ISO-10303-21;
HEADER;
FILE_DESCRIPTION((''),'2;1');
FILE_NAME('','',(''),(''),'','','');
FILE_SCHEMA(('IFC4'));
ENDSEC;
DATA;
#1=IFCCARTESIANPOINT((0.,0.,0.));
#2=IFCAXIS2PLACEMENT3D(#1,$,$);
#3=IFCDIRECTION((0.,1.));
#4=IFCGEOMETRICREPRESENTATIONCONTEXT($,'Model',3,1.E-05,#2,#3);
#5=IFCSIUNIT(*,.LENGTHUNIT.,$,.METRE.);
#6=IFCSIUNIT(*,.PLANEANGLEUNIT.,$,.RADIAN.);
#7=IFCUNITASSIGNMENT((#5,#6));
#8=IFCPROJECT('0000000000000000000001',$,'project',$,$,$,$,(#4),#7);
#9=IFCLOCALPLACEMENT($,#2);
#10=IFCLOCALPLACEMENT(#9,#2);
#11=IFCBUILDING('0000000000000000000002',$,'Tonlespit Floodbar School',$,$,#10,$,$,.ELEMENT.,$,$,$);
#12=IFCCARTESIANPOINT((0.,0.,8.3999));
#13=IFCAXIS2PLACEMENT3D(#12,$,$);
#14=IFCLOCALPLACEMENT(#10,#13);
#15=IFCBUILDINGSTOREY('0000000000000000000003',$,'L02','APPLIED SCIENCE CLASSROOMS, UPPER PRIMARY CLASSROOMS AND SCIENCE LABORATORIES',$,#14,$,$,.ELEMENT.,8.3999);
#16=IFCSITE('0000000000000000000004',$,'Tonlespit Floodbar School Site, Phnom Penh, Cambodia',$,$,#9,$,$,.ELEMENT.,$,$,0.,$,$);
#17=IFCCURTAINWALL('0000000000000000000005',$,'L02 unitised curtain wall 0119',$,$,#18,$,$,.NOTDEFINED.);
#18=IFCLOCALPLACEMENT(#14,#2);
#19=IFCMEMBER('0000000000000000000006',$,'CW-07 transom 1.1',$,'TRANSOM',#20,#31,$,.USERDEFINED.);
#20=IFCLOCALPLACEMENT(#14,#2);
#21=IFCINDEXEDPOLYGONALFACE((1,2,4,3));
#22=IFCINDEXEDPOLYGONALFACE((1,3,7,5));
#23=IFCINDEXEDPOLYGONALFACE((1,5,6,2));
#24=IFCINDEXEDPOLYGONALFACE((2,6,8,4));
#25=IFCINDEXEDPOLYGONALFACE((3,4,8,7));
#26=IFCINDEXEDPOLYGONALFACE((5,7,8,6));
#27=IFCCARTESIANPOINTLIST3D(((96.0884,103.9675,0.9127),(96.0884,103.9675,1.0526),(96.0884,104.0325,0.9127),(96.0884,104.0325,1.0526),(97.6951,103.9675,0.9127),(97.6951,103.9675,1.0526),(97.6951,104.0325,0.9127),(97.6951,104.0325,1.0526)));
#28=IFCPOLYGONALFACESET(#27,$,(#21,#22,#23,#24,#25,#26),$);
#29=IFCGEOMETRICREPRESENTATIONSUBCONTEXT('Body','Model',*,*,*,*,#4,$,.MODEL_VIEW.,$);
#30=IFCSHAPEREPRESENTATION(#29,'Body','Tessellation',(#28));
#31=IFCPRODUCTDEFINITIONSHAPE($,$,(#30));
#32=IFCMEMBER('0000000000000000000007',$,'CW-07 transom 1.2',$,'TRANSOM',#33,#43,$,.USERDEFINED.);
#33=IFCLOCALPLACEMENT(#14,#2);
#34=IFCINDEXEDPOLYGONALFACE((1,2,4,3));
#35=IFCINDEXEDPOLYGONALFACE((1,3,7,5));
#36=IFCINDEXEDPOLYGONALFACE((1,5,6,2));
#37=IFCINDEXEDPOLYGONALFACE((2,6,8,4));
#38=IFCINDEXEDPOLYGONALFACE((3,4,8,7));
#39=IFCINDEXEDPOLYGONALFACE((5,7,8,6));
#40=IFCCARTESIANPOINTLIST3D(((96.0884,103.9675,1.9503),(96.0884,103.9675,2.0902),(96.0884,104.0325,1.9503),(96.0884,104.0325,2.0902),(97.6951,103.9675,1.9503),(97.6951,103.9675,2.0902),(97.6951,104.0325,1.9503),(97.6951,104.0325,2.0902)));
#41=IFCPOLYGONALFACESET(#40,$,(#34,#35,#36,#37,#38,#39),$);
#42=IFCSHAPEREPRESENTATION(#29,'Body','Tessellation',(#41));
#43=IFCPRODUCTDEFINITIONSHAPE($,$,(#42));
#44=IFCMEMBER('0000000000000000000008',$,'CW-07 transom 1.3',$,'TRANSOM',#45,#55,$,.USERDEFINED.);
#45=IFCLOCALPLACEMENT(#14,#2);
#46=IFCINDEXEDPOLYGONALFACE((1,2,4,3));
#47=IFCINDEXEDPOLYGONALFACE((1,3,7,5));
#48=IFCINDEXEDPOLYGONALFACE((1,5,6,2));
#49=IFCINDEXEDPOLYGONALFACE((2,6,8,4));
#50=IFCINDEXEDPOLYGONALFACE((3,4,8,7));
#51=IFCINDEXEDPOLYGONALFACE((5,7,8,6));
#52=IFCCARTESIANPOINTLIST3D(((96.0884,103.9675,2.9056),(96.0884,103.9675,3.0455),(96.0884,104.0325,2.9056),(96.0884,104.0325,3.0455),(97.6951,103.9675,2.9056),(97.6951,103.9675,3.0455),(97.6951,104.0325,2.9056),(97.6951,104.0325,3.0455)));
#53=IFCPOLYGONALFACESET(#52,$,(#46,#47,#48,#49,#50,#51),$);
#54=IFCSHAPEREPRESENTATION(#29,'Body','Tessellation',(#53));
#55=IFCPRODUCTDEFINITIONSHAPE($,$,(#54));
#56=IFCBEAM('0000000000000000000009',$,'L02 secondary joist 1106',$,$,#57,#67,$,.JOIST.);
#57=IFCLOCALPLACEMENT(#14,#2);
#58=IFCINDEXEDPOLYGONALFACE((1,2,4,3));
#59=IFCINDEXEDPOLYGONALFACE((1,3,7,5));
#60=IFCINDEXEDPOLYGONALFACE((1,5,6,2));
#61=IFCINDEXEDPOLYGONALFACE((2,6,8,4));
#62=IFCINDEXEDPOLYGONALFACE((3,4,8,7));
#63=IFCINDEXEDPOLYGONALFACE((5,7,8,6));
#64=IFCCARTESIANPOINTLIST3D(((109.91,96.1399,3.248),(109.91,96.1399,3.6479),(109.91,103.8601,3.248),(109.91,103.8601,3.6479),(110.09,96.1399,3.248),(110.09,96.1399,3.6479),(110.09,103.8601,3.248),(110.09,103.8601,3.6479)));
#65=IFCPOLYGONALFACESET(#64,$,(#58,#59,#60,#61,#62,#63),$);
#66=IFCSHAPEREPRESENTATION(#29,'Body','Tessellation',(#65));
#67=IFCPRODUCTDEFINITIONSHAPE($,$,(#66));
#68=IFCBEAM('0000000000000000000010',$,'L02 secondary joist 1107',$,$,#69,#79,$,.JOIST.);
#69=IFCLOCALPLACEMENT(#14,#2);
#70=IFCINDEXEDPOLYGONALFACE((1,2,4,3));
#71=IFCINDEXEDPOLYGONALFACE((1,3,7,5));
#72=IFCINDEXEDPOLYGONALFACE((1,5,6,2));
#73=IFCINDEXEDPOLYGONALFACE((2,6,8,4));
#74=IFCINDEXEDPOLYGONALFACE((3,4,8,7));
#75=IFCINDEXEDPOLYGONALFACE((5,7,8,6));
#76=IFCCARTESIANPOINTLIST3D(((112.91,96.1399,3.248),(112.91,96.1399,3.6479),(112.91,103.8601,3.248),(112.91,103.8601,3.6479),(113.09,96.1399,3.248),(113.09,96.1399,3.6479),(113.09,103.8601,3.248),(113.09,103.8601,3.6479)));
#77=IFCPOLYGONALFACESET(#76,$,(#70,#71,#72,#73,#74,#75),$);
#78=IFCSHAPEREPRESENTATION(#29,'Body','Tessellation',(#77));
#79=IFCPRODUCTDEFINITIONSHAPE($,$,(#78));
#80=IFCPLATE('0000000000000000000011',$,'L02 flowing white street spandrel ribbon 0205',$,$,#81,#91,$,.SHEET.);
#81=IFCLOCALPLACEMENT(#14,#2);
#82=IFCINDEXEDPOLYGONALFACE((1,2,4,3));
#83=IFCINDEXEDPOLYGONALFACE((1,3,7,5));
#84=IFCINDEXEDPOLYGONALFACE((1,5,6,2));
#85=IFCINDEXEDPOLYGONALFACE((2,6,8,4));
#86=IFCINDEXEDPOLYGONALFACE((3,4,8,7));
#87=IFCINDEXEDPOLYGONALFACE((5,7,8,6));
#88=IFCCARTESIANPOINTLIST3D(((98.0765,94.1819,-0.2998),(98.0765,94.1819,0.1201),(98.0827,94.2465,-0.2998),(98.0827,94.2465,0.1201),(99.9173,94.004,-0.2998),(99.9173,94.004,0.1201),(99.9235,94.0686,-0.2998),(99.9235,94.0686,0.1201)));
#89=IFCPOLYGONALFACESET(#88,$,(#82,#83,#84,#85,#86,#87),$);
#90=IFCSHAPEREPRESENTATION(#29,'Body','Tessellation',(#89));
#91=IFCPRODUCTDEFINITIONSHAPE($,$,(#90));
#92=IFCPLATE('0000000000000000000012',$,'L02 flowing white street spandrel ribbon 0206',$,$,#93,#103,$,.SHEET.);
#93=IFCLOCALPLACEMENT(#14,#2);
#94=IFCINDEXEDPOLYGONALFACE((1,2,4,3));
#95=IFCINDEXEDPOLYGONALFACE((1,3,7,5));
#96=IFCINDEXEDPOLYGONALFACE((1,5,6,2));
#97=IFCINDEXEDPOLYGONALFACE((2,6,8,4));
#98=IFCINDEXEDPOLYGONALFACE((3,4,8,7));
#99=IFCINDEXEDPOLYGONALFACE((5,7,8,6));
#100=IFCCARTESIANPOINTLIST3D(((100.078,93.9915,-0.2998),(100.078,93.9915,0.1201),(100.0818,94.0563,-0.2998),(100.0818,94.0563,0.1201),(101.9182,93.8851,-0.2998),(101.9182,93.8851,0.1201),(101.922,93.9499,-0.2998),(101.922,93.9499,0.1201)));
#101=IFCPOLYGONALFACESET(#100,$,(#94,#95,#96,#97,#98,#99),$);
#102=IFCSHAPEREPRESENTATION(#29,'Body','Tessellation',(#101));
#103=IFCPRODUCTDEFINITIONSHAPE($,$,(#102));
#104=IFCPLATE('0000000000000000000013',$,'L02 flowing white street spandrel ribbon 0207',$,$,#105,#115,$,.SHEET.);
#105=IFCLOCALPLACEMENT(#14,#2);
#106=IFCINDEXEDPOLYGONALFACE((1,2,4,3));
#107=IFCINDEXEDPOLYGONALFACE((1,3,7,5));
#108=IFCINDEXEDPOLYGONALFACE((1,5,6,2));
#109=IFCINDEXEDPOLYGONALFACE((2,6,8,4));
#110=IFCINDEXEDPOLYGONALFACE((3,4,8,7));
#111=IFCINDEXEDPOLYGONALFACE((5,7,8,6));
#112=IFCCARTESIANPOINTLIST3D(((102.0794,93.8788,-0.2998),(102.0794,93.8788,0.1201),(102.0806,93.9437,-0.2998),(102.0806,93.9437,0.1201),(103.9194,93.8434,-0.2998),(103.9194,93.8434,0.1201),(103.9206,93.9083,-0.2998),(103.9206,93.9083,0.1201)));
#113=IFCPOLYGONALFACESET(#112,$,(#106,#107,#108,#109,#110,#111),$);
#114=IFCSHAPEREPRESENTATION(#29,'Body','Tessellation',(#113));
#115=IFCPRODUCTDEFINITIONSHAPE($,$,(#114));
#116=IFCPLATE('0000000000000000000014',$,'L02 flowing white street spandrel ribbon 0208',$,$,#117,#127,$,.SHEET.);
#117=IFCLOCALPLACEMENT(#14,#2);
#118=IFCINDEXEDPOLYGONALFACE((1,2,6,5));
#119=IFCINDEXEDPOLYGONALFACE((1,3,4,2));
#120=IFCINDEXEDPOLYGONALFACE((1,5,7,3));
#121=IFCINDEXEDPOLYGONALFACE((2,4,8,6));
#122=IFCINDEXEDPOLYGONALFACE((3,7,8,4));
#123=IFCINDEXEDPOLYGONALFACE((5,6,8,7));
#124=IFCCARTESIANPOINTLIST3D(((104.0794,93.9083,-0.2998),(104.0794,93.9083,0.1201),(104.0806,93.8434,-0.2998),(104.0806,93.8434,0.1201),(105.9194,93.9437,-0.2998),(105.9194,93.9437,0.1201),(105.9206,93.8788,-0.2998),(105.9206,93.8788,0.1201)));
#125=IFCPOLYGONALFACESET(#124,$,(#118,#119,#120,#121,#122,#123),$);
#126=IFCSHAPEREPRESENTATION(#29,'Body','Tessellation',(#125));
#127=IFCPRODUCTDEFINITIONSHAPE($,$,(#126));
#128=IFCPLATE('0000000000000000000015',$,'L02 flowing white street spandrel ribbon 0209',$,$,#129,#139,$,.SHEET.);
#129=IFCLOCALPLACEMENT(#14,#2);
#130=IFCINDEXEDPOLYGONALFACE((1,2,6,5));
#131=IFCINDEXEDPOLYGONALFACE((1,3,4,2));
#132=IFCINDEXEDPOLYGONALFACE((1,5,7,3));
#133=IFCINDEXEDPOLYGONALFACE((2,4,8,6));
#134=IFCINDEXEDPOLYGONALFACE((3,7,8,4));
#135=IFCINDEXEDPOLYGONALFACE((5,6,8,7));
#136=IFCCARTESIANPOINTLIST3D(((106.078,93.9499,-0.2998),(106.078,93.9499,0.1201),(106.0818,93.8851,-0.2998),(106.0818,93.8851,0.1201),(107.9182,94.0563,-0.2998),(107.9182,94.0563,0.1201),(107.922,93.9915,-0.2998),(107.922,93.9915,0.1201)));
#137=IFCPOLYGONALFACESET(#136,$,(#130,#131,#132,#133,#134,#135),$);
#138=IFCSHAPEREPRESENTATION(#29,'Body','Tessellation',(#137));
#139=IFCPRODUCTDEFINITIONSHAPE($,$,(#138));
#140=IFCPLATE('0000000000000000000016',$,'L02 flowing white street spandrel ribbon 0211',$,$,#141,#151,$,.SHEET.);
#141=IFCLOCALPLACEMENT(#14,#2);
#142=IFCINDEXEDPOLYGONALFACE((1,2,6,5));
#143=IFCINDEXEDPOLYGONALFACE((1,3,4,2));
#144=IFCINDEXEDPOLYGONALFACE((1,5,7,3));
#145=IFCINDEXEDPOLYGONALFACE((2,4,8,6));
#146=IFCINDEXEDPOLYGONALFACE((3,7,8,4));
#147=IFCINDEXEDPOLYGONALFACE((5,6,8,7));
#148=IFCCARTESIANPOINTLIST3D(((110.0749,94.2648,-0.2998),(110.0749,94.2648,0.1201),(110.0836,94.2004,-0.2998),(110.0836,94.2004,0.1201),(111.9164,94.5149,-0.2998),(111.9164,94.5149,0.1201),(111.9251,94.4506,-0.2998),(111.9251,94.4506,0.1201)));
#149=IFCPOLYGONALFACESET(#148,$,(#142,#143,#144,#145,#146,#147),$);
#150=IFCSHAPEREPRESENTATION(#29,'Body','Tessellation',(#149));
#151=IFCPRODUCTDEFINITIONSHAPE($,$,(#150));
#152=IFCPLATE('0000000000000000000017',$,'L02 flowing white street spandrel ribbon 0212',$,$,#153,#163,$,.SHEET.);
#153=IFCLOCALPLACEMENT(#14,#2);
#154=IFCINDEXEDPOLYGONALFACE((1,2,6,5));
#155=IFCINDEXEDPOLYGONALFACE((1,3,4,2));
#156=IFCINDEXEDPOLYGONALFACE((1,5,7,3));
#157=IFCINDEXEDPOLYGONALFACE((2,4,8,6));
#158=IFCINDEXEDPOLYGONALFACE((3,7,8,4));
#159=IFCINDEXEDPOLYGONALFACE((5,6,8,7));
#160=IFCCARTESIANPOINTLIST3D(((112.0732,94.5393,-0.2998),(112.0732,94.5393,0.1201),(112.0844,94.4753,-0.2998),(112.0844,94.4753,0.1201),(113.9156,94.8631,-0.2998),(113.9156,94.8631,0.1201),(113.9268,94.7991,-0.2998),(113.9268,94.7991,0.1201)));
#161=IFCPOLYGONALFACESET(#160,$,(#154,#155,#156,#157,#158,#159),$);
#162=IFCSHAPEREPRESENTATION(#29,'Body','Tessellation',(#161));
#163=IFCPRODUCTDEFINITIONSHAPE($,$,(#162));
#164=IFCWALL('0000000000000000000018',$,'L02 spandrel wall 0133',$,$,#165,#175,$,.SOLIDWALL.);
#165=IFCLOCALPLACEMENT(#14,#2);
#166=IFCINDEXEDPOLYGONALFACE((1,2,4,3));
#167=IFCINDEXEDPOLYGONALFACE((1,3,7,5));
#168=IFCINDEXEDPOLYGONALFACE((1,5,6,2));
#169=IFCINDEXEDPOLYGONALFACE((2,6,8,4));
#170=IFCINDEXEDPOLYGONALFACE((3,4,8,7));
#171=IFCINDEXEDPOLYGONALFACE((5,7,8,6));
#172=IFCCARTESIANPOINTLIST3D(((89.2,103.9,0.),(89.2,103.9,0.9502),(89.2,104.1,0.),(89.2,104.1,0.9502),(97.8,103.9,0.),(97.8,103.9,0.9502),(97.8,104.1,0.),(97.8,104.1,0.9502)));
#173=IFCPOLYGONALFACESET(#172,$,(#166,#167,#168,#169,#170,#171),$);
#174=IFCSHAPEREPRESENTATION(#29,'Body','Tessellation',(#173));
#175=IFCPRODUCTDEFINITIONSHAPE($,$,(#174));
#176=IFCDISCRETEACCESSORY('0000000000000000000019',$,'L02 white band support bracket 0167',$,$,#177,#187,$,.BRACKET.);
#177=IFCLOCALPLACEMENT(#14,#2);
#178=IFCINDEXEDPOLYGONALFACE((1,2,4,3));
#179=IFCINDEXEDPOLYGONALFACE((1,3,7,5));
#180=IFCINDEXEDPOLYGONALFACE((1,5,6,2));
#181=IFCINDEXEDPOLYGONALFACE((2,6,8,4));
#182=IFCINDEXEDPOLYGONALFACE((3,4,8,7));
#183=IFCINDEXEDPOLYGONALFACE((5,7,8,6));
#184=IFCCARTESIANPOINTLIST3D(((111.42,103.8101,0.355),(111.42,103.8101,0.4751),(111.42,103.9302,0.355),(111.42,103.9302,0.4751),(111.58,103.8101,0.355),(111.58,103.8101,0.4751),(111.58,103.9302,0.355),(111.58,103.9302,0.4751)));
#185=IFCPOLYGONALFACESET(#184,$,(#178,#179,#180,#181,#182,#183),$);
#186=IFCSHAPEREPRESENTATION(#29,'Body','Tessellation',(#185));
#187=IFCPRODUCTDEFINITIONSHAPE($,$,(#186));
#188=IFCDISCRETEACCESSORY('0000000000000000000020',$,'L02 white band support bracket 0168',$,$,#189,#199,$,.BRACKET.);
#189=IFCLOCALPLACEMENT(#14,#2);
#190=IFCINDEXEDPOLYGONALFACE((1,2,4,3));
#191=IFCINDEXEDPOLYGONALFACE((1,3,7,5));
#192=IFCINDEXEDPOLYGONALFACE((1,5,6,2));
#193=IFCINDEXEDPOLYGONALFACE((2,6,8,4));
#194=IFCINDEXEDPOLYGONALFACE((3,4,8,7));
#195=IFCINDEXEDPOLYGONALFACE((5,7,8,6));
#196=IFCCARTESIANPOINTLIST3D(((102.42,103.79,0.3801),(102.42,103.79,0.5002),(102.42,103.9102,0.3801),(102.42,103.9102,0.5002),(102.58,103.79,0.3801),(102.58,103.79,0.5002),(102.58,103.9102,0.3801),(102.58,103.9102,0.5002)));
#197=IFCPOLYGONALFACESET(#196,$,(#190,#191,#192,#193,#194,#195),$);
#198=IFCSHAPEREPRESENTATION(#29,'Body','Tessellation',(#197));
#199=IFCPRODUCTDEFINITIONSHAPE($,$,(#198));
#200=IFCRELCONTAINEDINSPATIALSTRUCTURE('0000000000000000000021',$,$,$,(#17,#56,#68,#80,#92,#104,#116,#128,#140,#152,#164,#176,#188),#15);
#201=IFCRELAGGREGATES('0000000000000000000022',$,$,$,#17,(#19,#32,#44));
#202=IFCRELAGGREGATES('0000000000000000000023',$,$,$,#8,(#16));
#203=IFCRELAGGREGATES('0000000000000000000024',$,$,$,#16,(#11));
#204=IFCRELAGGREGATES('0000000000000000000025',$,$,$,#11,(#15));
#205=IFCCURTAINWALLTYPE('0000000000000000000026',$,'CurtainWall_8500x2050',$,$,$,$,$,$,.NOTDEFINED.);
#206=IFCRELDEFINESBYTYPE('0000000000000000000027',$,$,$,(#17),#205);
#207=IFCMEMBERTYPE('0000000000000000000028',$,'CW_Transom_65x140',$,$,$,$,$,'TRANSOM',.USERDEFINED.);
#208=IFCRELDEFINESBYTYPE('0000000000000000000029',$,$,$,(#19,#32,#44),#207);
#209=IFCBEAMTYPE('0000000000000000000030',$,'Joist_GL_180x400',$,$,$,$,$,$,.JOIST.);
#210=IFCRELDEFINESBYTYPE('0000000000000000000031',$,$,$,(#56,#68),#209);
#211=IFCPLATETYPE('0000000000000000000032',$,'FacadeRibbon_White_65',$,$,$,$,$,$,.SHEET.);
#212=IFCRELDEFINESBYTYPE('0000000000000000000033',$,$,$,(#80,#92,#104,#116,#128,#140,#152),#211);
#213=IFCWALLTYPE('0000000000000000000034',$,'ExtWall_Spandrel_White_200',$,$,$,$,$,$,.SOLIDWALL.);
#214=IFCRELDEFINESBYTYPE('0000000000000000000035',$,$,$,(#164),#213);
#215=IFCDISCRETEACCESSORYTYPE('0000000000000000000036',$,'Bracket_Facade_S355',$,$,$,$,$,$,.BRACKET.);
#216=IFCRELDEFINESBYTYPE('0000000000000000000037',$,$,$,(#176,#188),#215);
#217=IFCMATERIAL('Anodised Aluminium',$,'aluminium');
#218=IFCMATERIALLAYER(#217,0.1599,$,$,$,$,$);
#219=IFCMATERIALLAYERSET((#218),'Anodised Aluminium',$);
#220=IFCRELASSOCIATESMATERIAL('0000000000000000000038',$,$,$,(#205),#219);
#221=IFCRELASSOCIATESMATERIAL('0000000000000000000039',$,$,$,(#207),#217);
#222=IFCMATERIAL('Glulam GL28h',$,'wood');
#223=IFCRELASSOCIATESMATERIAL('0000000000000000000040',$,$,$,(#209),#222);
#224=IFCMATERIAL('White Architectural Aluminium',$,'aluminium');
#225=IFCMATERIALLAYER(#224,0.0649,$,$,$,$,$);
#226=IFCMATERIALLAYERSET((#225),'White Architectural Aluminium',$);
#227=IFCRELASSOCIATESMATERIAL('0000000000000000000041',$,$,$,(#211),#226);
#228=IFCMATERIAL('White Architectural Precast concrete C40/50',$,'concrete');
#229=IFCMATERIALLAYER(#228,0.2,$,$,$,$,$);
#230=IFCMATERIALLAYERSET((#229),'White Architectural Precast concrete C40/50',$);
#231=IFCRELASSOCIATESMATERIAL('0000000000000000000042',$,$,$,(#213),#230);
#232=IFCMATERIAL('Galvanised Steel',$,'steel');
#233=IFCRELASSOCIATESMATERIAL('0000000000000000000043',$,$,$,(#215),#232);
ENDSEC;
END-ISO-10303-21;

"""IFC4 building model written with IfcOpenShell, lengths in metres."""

from ifc_helpers import new_model, si_unit, direction, frame, frame_2d, origin, origin_2d, place, context, subcontext, project, spatial, rectangle, extrude, material, layer, layer_set, material_profile, profile_set, type_object, element, aggregate, save


model = new_model("IFC4")

# Units and contexts
model_context = context("Model", 3, precision=1e-05, world=origin(), true_north=direction((0.0, 1.0)))
body_context = subcontext(model_context, "Body", "Model", "MODEL_VIEW")
ifc_project = project(units=[si_unit("LENGTHUNIT", "METRE"), si_unit("PLANEANGLEUNIT", "RADIAN")], contexts=[model_context])

# Site, building, storey
site_placement = place(None, origin())
site = spatial("IfcSite", under=ifc_project, at=site_placement, Name="Tonlespit Floodbar School Site, Phnom Penh, Cambodia", CompositionType="ELEMENT", RefElevation=0.0)
building_placement = place(site_placement, origin())
building = spatial("IfcBuilding", under=site, at=building_placement, Name="Tonlespit Floodbar School", CompositionType="ELEMENT")
storey_placement = place(building_placement, frame((0.0, 0.0, 8.3999)))
storey = spatial("IfcBuildingStorey", under=building, at=storey_placement, Name="L02", Description="APPLIED SCIENCE CLASSROOMS, UPPER PRIMARY CLASSROOMS AND SCIENCE LABORATORIES", CompositionType="ELEMENT", Elevation=8.3999)

# Shared definitions
ifc_material_1 = material(Name="Glulam GL28h", Category="wood")

# Curtain wall, members
ifc_material_2 = material(Name="Anodised Aluminium", Category="aluminium")
ifc_layer_1 = layer(ifc_material_2, 0.1599)
ifc_layer_set_1 = layer_set([ifc_layer_1], Name="Anodised Aluminium")
curtain_wall_type = type_object("IfcCurtainWallType", Name="CurtainWall_8500x2050", PredefinedType="NOTDEFINED", material=ifc_layer_set_1)
curtain_wall_placement = place(storey_placement, origin())
curtain_wall = element("IfcCurtainWall", 1, at=curtain_wall_placement, inside=storey, type_object=curtain_wall_type, Name="L02 unitised curtain wall 0119", PredefinedType="NOTDEFINED")
ifc_material_profile_1 = material_profile(ifc_material_2, rectangle(XDim=0.0649, YDim=0.1399, at=origin_2d()), Name="ALU T65x140")
ifc_profile_set_1 = profile_set([ifc_material_profile_1], Name="Anodised Aluminium")
member_type_1 = type_object("IfcMemberType", Name="CW_Transom_65x140", ElementType="TRANSOM", PredefinedType="USERDEFINED", material=ifc_profile_set_1)
member_1_placement = place(storey_placement, frame((97.6951, 104.0, 0.9827), z_axis=(-1.0, 0.0, 0.0), x_axis=(0.0, -1.0, 0.0)))
member_1 = element("IfcMember", 2, at=member_1_placement, type_object=member_type_1, Name="CW-07 transom 1.1", ObjectType="TRANSOM", PredefinedType="USERDEFINED", context=body_context, shape_type="SweptSolid", body=[
    extrude(rectangle(XDim=0.0649, YDim=0.1399, at=origin_2d()), origin(), (0.0, 0.0, 1.0), 1.6067),
])
member_2_placement = place(storey_placement, frame((97.6951, 104.0, 2.0203), z_axis=(-1.0, 0.0, 0.0), x_axis=(0.0, -1.0, 0.0)))
member_2 = element("IfcMember", 3, at=member_2_placement, type_object=member_type_1, Name="CW-07 transom 1.2", ObjectType="TRANSOM", PredefinedType="USERDEFINED", context=body_context, shape_type="SweptSolid", body=[
    extrude(rectangle(XDim=0.0649, YDim=0.1399, at=origin_2d()), origin(), (0.0, 0.0, 1.0), 1.6067),
])
member_3_placement = place(storey_placement, frame((97.6951, 104.0, 2.9756), z_axis=(-1.0, 0.0, 0.0), x_axis=(0.0, -1.0, 0.0)))
member_3 = element("IfcMember", 4, at=member_3_placement, type_object=member_type_1, Name="CW-07 transom 1.3", ObjectType="TRANSOM", PredefinedType="USERDEFINED", context=body_context, shape_type="SweptSolid", body=[
    extrude(rectangle(XDim=0.0649, YDim=0.1399, at=origin_2d()), origin(), (0.0, 0.0, 1.0), 1.6067),
])
aggregate(curtain_wall, [member_1, member_2, member_3])

# Beams
ifc_material_profile_2 = material_profile(ifc_material_1, rectangle(XDim=0.1799, YDim=0.3999, at=origin_2d()), Name="GL 180x400")
ifc_profile_set_2 = profile_set([ifc_material_profile_2], Name="Glulam GL28h")
beam_type_1 = type_object("IfcBeamType", Name="Joist_GL_180x400", PredefinedType="JOIST", material=ifc_profile_set_2)
for number, where, z_axis, x_axis, name in (
    (5, (110.0, 96.1399, 3.448), (0.0, 1.0, 0.0), (-1.0, 0.0, 0.0), "L02 secondary joist 1106"),
    (6, (113.0, 96.1399, 3.448), (0.0, 1.0, 0.0), (-1.0, 0.0, 0.0), "L02 secondary joist 1107"),
):
    element("IfcBeam", number, at=place(storey_placement, frame(where, z_axis=z_axis, x_axis=x_axis)), inside=storey, type_object=beam_type_1, Name=name, PredefinedType="JOIST", context=body_context, shape_type="SweptSolid", body=[
        extrude(rectangle(XDim=0.1799, YDim=0.3999, at=origin_2d()), origin(), (0.0, 0.0, 1.0), 7.7202),
    ])

# Plates
ifc_material_3 = material(Name="White Architectural Aluminium", Category="aluminium")
ifc_layer_2 = layer(ifc_material_3, 0.0649)
ifc_layer_set_2 = layer_set([ifc_layer_2], Name="White Architectural Aluminium")
plate_type = type_object("IfcPlateType", Name="FacadeRibbon_White_65", PredefinedType="SHEET", material=ifc_layer_set_2)
plate_1_placement = place(storey_placement, frame((99.0, 94.1252, -0.2998), z_axis=(0.0, 0.0, 1.0), x_axis=(0.995362, -0.096202, 0.0)))
element("IfcPlate", 7, at=plate_1_placement, inside=storey, type_object=plate_type, Name="L02 flowing white street spandrel ribbon 0205", PredefinedType="SHEET", context=body_context, shape_type="SweptSolid", body=[
    extrude(rectangle(XDim=1.8494, YDim=0.0649, at=origin_2d()), origin(), (0.0, 0.0, 1.0), 0.4199),
])
plate_2_placement = place(storey_placement, frame((101.0, 93.9707, -0.2998), z_axis=(0.0, 0.0, 1.0), x_axis=(0.998334, -0.057703, 0.0)))
element("IfcPlate", 8, at=plate_2_placement, inside=storey, type_object=plate_type, Name="L02 flowing white street spandrel ribbon 0206", PredefinedType="SHEET", context=body_context, shape_type="SweptSolid", body=[
    extrude(rectangle(XDim=1.8433, YDim=0.0649, at=origin_2d()), origin(), (0.0, 0.0, 1.0), 0.4199),
])
for number, where, z_axis, x_axis, name in (
    (9, (103.0, 93.8936, -0.2998), (0.0, 0.0, 1.0), (0.999815, -0.019246, 0.0), "L02 flowing white street spandrel ribbon 0207"),
    (10, (105.0, 93.8936, -0.2998), (0.0, 0.0, 1.0), (0.999815, 0.019246, 0.0), "L02 flowing white street spandrel ribbon 0208"),
):
    element("IfcPlate", number, at=place(storey_placement, frame(where, z_axis=z_axis, x_axis=x_axis)), inside=storey, type_object=plate_type, Name=name, PredefinedType="SHEET", context=body_context, shape_type="SweptSolid", body=[
        extrude(rectangle(XDim=1.8403, YDim=0.0649, at=origin_2d()), origin(), (0.0, 0.0, 1.0), 0.4199),
    ])
plate_3_placement = place(storey_placement, frame((107.0, 93.9707, -0.2998), z_axis=(0.0, 0.0, 1.0), x_axis=(0.998334, 0.057703, 0.0)))
element("IfcPlate", 11, at=plate_3_placement, inside=storey, type_object=plate_type, Name="L02 flowing white street spandrel ribbon 0209", PredefinedType="SHEET", context=body_context, shape_type="SweptSolid", body=[
    extrude(rectangle(XDim=1.8433, YDim=0.0649, at=origin_2d()), origin(), (0.0, 0.0, 1.0), 0.4199),
])
plate_4_placement = place(storey_placement, frame((111.0, 94.3577, -0.2998), z_axis=(0.0, 0.0, 1.0), x_axis=(0.990898, 0.134614, 0.0)))
element("IfcPlate", 12, at=plate_4_placement, inside=storey, type_object=plate_type, Name="L02 flowing white street spandrel ribbon 0211", PredefinedType="SHEET", context=body_context, shape_type="SweptSolid", body=[
    extrude(rectangle(XDim=1.8584, YDim=0.0649, at=origin_2d()), origin(), (0.0, 0.0, 1.0), 0.4199),
])
plate_5_placement = place(storey_placement, frame((113.0, 94.6692, -0.2998), z_axis=(0.0, 0.0, 1.0), x_axis=(0.984905, 0.173096, 0.0)))
element("IfcPlate", 13, at=plate_5_placement, inside=storey, type_object=plate_type, Name="L02 flowing white street spandrel ribbon 0212", PredefinedType="SHEET", context=body_context, shape_type="SweptSolid", body=[
    extrude(rectangle(XDim=1.8706, YDim=0.0649, at=origin_2d()), origin(), (0.0, 0.0, 1.0), 0.4199),
])

# Wall
ifc_material_4 = material(Name="White Architectural Precast concrete C40/50", Category="concrete")
ifc_layer_3 = layer(ifc_material_4, 0.2)
ifc_layer_set_3 = layer_set([ifc_layer_3], Name="White Architectural Precast concrete C40/50")
wall_type = type_object("IfcWallType", Name="ExtWall_Spandrel_White_200", PredefinedType="SOLIDWALL", material=ifc_layer_set_3)
wall_placement = place(storey_placement, frame((97.8, 104.0, 0.0), z_axis=(0.0, 0.0, 1.0), x_axis=(-1.0, 0.0, 0.0)))
element("IfcWall", 14, at=wall_placement, inside=storey, type_object=wall_type, Name="L02 spandrel wall 0133", PredefinedType="SOLIDWALL", context=body_context, shape_type="SweptSolid", body=[
    extrude(rectangle(XDim=8.6001, YDim=0.2, at=frame_2d((4.3, 0.0))), origin(), (0.0, 0.0, 1.0), 0.9502),
])

# Discrete accessories
ifc_material_5 = material(Name="Galvanised Steel", Category="steel")
discrete_accessory_type = type_object("IfcDiscreteAccessoryType", Name="Bracket_Facade_S355", PredefinedType="BRACKET", material=ifc_material_5)
for number, where, z_axis, x_axis, name in (
    (15, (111.5, 103.8701, 0.355), (0.0, 0.0, 1.0), (-1.0, 0.0, 0.0), "L02 white band support bracket 0167"),
    (16, (102.5, 103.8501, 0.3801), (0.0, 0.0, 1.0), (-1.0, 0.0, 0.0), "L02 white band support bracket 0168"),
):
    element("IfcDiscreteAccessory", number, at=place(storey_placement, frame(where, z_axis=z_axis, x_axis=x_axis)), inside=storey, type_object=discrete_accessory_type, Name=name, PredefinedType="BRACKET", context=body_context, shape_type="SweptSolid", body=[
        extrude(rectangle(XDim=0.1599, YDim=0.1201, at=origin_2d()), origin(), (0.0, 0.0, 1.0), 0.1201),
    ])

save(model, "model.ifc")
